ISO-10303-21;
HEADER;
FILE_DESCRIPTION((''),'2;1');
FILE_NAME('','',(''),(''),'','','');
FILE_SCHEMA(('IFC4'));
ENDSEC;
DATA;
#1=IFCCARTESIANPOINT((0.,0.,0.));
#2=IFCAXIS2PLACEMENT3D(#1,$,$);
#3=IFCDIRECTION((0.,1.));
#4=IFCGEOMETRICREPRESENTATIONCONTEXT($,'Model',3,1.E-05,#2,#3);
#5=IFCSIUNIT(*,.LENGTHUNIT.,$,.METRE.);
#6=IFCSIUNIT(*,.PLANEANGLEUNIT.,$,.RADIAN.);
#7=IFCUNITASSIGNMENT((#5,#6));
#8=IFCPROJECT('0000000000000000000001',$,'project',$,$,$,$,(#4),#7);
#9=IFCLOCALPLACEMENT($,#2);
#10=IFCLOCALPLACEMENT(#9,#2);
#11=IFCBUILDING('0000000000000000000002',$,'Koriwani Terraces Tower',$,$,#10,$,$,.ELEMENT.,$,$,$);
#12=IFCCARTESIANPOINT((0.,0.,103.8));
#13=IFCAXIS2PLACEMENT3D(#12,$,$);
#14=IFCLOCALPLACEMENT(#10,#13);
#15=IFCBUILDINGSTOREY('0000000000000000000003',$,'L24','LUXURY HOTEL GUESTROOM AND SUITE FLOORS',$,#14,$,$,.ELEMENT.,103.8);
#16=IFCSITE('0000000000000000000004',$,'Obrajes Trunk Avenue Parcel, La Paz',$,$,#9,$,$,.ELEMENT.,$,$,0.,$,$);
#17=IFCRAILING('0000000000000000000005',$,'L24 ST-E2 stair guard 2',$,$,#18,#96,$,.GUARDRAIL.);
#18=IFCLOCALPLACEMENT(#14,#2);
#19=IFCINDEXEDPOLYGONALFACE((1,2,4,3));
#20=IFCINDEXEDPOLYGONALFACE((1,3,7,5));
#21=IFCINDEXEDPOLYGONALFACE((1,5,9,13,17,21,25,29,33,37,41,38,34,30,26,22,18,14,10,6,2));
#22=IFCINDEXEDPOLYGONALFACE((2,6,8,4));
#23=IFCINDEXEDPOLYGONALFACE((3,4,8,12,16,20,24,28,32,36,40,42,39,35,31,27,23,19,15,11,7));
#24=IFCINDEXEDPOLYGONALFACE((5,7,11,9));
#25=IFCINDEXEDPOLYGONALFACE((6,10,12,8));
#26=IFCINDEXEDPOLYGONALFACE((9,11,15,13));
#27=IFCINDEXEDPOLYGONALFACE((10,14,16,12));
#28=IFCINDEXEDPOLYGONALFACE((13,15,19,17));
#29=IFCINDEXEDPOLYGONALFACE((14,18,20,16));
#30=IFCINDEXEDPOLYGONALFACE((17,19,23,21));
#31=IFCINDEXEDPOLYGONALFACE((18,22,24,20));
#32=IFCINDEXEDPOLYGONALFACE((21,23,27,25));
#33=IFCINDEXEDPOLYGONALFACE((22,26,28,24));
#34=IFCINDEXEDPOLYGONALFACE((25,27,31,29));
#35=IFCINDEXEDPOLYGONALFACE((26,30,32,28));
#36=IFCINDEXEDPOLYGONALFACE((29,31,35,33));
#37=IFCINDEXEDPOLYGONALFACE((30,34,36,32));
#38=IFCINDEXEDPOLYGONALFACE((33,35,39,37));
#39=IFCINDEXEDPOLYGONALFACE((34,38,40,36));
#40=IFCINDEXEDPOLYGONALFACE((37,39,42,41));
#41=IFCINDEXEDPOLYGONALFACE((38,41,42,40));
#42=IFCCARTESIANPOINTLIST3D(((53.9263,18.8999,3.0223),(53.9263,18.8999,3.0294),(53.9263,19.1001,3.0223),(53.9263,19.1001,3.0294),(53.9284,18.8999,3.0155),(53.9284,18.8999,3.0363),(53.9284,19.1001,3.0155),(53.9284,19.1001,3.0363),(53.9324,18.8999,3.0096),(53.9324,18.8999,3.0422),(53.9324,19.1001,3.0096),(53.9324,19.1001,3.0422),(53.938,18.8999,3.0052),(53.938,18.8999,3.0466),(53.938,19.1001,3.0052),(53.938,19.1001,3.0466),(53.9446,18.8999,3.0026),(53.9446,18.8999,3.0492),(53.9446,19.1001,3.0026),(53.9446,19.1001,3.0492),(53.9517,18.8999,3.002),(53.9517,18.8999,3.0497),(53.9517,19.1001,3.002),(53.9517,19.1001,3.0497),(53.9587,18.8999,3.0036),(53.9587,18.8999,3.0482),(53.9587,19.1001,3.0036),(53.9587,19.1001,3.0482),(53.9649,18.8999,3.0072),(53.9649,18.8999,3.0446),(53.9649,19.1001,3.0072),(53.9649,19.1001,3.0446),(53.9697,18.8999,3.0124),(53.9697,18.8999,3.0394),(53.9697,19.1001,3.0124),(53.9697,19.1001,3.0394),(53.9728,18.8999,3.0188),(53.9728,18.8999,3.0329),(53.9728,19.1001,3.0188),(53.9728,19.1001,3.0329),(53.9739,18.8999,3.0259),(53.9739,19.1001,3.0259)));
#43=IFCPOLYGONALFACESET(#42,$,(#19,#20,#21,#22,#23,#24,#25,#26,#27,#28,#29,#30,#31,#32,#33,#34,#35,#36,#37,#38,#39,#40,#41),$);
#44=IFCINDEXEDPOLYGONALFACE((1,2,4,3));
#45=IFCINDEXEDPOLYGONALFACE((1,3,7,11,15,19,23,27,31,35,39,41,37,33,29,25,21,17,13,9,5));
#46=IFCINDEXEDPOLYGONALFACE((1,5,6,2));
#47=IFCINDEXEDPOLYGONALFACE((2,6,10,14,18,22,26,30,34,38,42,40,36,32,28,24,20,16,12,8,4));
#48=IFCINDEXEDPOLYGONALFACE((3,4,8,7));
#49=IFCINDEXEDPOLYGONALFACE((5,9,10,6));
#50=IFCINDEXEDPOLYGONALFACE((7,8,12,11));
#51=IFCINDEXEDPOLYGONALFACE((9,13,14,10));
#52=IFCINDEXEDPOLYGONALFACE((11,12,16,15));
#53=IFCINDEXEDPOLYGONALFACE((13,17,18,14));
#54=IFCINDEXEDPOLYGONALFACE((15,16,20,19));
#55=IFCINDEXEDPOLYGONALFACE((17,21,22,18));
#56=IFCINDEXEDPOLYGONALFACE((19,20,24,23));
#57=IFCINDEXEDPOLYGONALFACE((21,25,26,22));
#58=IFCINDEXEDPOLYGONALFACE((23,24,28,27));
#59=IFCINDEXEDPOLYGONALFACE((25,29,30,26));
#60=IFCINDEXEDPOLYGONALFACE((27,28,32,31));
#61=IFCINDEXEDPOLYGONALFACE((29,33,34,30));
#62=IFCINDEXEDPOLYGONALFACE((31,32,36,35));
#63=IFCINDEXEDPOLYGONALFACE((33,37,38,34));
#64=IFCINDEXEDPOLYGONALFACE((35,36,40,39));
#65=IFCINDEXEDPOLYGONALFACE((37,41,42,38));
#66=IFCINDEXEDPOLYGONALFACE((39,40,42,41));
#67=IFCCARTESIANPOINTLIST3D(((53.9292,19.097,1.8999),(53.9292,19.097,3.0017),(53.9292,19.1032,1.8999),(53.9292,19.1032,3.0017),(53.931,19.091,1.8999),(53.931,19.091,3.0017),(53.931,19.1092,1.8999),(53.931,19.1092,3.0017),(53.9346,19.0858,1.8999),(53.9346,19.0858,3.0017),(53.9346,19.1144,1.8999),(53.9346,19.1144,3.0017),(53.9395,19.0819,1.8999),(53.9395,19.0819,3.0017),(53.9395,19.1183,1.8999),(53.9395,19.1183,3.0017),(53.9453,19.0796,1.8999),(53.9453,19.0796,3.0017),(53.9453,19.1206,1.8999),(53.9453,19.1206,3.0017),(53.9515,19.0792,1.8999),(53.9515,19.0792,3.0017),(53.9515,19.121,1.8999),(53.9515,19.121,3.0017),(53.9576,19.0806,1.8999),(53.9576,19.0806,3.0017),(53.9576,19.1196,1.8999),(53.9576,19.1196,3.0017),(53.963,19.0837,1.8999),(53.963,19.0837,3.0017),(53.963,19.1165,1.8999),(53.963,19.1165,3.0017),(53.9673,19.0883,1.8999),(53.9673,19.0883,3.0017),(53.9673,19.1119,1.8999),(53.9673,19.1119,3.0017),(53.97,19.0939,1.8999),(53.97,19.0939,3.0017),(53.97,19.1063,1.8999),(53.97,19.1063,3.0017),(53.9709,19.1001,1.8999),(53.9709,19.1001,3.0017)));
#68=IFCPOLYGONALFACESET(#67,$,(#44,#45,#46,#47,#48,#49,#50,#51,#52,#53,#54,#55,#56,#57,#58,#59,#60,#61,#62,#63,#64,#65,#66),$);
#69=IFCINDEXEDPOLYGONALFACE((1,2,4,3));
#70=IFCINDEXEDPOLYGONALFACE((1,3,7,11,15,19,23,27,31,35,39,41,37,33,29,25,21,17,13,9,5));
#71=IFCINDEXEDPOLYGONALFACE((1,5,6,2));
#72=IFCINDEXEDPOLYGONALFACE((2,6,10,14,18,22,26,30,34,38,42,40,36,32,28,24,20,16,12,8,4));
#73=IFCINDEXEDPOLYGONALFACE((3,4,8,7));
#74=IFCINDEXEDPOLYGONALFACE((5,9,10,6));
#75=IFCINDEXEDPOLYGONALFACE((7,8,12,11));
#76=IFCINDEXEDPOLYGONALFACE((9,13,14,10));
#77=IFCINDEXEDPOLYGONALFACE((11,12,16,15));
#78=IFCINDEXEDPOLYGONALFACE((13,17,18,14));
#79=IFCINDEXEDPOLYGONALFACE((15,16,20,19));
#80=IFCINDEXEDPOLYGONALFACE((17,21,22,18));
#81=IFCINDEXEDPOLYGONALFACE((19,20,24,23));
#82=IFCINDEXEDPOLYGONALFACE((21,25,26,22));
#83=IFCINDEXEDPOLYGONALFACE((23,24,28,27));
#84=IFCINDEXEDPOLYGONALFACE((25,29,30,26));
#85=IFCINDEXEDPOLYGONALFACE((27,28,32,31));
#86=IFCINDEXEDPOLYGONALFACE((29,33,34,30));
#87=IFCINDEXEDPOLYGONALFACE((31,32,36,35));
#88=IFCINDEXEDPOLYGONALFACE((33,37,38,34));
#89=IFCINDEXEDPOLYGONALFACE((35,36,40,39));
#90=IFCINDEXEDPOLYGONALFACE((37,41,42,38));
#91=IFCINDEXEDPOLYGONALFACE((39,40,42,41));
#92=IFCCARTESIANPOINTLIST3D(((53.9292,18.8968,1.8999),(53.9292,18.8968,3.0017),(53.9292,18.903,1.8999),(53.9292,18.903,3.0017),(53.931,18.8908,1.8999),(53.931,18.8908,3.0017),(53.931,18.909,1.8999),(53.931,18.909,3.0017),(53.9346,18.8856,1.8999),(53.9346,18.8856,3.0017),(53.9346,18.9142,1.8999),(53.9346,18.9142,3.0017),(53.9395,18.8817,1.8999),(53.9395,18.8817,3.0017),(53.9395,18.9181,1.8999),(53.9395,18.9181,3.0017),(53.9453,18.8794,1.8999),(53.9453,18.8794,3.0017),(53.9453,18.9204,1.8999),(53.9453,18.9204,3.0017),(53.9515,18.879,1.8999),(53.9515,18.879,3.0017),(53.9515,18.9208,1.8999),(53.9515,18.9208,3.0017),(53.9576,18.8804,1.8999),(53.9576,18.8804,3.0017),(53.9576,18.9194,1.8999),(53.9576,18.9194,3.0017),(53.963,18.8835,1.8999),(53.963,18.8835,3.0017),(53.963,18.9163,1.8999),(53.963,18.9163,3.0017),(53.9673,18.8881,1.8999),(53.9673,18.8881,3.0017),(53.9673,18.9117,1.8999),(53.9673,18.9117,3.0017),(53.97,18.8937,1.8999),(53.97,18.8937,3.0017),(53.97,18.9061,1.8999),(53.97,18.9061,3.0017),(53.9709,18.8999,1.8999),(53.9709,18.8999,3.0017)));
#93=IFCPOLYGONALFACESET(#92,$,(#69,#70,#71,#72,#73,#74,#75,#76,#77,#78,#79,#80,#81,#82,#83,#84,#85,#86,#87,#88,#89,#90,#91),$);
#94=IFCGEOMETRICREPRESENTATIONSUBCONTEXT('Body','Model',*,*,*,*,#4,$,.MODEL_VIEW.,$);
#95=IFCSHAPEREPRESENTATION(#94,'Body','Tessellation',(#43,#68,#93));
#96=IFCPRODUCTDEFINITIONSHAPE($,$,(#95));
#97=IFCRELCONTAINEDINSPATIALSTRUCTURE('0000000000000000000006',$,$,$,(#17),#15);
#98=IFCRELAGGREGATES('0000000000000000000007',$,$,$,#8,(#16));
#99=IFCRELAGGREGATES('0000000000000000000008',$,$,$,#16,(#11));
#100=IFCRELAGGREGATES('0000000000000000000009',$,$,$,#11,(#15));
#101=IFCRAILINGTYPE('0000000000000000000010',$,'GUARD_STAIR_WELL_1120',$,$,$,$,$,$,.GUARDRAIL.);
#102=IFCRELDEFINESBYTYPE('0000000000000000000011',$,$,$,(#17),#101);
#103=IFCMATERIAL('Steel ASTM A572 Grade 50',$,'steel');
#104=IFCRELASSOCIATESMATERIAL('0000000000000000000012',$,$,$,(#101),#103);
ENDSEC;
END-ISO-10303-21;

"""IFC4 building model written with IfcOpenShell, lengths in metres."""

from ifc_helpers import new_model, si_unit, direction, frame, origin, origin_2d, place, context, subcontext, project, spatial, circle, extrude, material, type_object, element, save


model = new_model("IFC4")

# Units and contexts
model_context = context("Model", 3, precision=1e-05, world=origin(), true_north=direction((0.0, 1.0)))
body_context = subcontext(model_context, "Body", "Model", "MODEL_VIEW")
ifc_project = project(units=[si_unit("LENGTHUNIT", "METRE"), si_unit("PLANEANGLEUNIT", "RADIAN")], contexts=[model_context])

# Site, building, storey
site_placement = place(None, origin())
site = spatial("IfcSite", under=ifc_project, at=site_placement, Name="Obrajes Trunk Avenue Parcel, La Paz", CompositionType="ELEMENT", RefElevation=0.0)
building_placement = place(site_placement, origin())
building = spatial("IfcBuilding", under=site, at=building_placement, Name="Koriwani Terraces Tower", CompositionType="ELEMENT")
storey_placement = place(building_placement, frame((0.0, 0.0, 103.8)))
storey = spatial("IfcBuildingStorey", under=building, at=storey_placement, Name="L24", Description="LUXURY HOTEL GUESTROOM AND SUITE FLOORS", CompositionType="ELEMENT", Elevation=103.8)

# Shared definitions
ifc_material_1 = material(Name="Steel ASTM A572 Grade 50", Category="steel")

# Railing
railing_type_1 = type_object("IfcRailingType", Name="GUARD_STAIR_WELL_1120", PredefinedType="GUARDRAIL", material=ifc_material_1)
railing_1_placement = place(storey_placement, frame((53.95, 19.1001, 1.8999)))
element("IfcRailing", 1, at=railing_1_placement, inside=storey, type_object=railing_type_1, Name="L24 ST-E2 stair guard 2", PredefinedType="GUARDRAIL", context=body_context, shape_type="SweptSolid", body=[
    extrude(circle(Radius=0.0239, at=origin_2d()), frame((0.0, 0.0, 1.126), z_axis=(0.0, -1.0, 0.0), x_axis=(1.0, 0.0, 0.0)), (0.0, 0.0, 1.0), 0.2002),
    extrude(circle(Radius=0.021, at=origin_2d()), origin(), (0.0, 0.0, 1.0), 1.1018),
    extrude(circle(Radius=0.021, at=origin_2d()), frame((0.0, -0.2002, 0.0)), (0.0, 0.0, 1.0), 1.1018),
])

save(model, "model.ifc")
